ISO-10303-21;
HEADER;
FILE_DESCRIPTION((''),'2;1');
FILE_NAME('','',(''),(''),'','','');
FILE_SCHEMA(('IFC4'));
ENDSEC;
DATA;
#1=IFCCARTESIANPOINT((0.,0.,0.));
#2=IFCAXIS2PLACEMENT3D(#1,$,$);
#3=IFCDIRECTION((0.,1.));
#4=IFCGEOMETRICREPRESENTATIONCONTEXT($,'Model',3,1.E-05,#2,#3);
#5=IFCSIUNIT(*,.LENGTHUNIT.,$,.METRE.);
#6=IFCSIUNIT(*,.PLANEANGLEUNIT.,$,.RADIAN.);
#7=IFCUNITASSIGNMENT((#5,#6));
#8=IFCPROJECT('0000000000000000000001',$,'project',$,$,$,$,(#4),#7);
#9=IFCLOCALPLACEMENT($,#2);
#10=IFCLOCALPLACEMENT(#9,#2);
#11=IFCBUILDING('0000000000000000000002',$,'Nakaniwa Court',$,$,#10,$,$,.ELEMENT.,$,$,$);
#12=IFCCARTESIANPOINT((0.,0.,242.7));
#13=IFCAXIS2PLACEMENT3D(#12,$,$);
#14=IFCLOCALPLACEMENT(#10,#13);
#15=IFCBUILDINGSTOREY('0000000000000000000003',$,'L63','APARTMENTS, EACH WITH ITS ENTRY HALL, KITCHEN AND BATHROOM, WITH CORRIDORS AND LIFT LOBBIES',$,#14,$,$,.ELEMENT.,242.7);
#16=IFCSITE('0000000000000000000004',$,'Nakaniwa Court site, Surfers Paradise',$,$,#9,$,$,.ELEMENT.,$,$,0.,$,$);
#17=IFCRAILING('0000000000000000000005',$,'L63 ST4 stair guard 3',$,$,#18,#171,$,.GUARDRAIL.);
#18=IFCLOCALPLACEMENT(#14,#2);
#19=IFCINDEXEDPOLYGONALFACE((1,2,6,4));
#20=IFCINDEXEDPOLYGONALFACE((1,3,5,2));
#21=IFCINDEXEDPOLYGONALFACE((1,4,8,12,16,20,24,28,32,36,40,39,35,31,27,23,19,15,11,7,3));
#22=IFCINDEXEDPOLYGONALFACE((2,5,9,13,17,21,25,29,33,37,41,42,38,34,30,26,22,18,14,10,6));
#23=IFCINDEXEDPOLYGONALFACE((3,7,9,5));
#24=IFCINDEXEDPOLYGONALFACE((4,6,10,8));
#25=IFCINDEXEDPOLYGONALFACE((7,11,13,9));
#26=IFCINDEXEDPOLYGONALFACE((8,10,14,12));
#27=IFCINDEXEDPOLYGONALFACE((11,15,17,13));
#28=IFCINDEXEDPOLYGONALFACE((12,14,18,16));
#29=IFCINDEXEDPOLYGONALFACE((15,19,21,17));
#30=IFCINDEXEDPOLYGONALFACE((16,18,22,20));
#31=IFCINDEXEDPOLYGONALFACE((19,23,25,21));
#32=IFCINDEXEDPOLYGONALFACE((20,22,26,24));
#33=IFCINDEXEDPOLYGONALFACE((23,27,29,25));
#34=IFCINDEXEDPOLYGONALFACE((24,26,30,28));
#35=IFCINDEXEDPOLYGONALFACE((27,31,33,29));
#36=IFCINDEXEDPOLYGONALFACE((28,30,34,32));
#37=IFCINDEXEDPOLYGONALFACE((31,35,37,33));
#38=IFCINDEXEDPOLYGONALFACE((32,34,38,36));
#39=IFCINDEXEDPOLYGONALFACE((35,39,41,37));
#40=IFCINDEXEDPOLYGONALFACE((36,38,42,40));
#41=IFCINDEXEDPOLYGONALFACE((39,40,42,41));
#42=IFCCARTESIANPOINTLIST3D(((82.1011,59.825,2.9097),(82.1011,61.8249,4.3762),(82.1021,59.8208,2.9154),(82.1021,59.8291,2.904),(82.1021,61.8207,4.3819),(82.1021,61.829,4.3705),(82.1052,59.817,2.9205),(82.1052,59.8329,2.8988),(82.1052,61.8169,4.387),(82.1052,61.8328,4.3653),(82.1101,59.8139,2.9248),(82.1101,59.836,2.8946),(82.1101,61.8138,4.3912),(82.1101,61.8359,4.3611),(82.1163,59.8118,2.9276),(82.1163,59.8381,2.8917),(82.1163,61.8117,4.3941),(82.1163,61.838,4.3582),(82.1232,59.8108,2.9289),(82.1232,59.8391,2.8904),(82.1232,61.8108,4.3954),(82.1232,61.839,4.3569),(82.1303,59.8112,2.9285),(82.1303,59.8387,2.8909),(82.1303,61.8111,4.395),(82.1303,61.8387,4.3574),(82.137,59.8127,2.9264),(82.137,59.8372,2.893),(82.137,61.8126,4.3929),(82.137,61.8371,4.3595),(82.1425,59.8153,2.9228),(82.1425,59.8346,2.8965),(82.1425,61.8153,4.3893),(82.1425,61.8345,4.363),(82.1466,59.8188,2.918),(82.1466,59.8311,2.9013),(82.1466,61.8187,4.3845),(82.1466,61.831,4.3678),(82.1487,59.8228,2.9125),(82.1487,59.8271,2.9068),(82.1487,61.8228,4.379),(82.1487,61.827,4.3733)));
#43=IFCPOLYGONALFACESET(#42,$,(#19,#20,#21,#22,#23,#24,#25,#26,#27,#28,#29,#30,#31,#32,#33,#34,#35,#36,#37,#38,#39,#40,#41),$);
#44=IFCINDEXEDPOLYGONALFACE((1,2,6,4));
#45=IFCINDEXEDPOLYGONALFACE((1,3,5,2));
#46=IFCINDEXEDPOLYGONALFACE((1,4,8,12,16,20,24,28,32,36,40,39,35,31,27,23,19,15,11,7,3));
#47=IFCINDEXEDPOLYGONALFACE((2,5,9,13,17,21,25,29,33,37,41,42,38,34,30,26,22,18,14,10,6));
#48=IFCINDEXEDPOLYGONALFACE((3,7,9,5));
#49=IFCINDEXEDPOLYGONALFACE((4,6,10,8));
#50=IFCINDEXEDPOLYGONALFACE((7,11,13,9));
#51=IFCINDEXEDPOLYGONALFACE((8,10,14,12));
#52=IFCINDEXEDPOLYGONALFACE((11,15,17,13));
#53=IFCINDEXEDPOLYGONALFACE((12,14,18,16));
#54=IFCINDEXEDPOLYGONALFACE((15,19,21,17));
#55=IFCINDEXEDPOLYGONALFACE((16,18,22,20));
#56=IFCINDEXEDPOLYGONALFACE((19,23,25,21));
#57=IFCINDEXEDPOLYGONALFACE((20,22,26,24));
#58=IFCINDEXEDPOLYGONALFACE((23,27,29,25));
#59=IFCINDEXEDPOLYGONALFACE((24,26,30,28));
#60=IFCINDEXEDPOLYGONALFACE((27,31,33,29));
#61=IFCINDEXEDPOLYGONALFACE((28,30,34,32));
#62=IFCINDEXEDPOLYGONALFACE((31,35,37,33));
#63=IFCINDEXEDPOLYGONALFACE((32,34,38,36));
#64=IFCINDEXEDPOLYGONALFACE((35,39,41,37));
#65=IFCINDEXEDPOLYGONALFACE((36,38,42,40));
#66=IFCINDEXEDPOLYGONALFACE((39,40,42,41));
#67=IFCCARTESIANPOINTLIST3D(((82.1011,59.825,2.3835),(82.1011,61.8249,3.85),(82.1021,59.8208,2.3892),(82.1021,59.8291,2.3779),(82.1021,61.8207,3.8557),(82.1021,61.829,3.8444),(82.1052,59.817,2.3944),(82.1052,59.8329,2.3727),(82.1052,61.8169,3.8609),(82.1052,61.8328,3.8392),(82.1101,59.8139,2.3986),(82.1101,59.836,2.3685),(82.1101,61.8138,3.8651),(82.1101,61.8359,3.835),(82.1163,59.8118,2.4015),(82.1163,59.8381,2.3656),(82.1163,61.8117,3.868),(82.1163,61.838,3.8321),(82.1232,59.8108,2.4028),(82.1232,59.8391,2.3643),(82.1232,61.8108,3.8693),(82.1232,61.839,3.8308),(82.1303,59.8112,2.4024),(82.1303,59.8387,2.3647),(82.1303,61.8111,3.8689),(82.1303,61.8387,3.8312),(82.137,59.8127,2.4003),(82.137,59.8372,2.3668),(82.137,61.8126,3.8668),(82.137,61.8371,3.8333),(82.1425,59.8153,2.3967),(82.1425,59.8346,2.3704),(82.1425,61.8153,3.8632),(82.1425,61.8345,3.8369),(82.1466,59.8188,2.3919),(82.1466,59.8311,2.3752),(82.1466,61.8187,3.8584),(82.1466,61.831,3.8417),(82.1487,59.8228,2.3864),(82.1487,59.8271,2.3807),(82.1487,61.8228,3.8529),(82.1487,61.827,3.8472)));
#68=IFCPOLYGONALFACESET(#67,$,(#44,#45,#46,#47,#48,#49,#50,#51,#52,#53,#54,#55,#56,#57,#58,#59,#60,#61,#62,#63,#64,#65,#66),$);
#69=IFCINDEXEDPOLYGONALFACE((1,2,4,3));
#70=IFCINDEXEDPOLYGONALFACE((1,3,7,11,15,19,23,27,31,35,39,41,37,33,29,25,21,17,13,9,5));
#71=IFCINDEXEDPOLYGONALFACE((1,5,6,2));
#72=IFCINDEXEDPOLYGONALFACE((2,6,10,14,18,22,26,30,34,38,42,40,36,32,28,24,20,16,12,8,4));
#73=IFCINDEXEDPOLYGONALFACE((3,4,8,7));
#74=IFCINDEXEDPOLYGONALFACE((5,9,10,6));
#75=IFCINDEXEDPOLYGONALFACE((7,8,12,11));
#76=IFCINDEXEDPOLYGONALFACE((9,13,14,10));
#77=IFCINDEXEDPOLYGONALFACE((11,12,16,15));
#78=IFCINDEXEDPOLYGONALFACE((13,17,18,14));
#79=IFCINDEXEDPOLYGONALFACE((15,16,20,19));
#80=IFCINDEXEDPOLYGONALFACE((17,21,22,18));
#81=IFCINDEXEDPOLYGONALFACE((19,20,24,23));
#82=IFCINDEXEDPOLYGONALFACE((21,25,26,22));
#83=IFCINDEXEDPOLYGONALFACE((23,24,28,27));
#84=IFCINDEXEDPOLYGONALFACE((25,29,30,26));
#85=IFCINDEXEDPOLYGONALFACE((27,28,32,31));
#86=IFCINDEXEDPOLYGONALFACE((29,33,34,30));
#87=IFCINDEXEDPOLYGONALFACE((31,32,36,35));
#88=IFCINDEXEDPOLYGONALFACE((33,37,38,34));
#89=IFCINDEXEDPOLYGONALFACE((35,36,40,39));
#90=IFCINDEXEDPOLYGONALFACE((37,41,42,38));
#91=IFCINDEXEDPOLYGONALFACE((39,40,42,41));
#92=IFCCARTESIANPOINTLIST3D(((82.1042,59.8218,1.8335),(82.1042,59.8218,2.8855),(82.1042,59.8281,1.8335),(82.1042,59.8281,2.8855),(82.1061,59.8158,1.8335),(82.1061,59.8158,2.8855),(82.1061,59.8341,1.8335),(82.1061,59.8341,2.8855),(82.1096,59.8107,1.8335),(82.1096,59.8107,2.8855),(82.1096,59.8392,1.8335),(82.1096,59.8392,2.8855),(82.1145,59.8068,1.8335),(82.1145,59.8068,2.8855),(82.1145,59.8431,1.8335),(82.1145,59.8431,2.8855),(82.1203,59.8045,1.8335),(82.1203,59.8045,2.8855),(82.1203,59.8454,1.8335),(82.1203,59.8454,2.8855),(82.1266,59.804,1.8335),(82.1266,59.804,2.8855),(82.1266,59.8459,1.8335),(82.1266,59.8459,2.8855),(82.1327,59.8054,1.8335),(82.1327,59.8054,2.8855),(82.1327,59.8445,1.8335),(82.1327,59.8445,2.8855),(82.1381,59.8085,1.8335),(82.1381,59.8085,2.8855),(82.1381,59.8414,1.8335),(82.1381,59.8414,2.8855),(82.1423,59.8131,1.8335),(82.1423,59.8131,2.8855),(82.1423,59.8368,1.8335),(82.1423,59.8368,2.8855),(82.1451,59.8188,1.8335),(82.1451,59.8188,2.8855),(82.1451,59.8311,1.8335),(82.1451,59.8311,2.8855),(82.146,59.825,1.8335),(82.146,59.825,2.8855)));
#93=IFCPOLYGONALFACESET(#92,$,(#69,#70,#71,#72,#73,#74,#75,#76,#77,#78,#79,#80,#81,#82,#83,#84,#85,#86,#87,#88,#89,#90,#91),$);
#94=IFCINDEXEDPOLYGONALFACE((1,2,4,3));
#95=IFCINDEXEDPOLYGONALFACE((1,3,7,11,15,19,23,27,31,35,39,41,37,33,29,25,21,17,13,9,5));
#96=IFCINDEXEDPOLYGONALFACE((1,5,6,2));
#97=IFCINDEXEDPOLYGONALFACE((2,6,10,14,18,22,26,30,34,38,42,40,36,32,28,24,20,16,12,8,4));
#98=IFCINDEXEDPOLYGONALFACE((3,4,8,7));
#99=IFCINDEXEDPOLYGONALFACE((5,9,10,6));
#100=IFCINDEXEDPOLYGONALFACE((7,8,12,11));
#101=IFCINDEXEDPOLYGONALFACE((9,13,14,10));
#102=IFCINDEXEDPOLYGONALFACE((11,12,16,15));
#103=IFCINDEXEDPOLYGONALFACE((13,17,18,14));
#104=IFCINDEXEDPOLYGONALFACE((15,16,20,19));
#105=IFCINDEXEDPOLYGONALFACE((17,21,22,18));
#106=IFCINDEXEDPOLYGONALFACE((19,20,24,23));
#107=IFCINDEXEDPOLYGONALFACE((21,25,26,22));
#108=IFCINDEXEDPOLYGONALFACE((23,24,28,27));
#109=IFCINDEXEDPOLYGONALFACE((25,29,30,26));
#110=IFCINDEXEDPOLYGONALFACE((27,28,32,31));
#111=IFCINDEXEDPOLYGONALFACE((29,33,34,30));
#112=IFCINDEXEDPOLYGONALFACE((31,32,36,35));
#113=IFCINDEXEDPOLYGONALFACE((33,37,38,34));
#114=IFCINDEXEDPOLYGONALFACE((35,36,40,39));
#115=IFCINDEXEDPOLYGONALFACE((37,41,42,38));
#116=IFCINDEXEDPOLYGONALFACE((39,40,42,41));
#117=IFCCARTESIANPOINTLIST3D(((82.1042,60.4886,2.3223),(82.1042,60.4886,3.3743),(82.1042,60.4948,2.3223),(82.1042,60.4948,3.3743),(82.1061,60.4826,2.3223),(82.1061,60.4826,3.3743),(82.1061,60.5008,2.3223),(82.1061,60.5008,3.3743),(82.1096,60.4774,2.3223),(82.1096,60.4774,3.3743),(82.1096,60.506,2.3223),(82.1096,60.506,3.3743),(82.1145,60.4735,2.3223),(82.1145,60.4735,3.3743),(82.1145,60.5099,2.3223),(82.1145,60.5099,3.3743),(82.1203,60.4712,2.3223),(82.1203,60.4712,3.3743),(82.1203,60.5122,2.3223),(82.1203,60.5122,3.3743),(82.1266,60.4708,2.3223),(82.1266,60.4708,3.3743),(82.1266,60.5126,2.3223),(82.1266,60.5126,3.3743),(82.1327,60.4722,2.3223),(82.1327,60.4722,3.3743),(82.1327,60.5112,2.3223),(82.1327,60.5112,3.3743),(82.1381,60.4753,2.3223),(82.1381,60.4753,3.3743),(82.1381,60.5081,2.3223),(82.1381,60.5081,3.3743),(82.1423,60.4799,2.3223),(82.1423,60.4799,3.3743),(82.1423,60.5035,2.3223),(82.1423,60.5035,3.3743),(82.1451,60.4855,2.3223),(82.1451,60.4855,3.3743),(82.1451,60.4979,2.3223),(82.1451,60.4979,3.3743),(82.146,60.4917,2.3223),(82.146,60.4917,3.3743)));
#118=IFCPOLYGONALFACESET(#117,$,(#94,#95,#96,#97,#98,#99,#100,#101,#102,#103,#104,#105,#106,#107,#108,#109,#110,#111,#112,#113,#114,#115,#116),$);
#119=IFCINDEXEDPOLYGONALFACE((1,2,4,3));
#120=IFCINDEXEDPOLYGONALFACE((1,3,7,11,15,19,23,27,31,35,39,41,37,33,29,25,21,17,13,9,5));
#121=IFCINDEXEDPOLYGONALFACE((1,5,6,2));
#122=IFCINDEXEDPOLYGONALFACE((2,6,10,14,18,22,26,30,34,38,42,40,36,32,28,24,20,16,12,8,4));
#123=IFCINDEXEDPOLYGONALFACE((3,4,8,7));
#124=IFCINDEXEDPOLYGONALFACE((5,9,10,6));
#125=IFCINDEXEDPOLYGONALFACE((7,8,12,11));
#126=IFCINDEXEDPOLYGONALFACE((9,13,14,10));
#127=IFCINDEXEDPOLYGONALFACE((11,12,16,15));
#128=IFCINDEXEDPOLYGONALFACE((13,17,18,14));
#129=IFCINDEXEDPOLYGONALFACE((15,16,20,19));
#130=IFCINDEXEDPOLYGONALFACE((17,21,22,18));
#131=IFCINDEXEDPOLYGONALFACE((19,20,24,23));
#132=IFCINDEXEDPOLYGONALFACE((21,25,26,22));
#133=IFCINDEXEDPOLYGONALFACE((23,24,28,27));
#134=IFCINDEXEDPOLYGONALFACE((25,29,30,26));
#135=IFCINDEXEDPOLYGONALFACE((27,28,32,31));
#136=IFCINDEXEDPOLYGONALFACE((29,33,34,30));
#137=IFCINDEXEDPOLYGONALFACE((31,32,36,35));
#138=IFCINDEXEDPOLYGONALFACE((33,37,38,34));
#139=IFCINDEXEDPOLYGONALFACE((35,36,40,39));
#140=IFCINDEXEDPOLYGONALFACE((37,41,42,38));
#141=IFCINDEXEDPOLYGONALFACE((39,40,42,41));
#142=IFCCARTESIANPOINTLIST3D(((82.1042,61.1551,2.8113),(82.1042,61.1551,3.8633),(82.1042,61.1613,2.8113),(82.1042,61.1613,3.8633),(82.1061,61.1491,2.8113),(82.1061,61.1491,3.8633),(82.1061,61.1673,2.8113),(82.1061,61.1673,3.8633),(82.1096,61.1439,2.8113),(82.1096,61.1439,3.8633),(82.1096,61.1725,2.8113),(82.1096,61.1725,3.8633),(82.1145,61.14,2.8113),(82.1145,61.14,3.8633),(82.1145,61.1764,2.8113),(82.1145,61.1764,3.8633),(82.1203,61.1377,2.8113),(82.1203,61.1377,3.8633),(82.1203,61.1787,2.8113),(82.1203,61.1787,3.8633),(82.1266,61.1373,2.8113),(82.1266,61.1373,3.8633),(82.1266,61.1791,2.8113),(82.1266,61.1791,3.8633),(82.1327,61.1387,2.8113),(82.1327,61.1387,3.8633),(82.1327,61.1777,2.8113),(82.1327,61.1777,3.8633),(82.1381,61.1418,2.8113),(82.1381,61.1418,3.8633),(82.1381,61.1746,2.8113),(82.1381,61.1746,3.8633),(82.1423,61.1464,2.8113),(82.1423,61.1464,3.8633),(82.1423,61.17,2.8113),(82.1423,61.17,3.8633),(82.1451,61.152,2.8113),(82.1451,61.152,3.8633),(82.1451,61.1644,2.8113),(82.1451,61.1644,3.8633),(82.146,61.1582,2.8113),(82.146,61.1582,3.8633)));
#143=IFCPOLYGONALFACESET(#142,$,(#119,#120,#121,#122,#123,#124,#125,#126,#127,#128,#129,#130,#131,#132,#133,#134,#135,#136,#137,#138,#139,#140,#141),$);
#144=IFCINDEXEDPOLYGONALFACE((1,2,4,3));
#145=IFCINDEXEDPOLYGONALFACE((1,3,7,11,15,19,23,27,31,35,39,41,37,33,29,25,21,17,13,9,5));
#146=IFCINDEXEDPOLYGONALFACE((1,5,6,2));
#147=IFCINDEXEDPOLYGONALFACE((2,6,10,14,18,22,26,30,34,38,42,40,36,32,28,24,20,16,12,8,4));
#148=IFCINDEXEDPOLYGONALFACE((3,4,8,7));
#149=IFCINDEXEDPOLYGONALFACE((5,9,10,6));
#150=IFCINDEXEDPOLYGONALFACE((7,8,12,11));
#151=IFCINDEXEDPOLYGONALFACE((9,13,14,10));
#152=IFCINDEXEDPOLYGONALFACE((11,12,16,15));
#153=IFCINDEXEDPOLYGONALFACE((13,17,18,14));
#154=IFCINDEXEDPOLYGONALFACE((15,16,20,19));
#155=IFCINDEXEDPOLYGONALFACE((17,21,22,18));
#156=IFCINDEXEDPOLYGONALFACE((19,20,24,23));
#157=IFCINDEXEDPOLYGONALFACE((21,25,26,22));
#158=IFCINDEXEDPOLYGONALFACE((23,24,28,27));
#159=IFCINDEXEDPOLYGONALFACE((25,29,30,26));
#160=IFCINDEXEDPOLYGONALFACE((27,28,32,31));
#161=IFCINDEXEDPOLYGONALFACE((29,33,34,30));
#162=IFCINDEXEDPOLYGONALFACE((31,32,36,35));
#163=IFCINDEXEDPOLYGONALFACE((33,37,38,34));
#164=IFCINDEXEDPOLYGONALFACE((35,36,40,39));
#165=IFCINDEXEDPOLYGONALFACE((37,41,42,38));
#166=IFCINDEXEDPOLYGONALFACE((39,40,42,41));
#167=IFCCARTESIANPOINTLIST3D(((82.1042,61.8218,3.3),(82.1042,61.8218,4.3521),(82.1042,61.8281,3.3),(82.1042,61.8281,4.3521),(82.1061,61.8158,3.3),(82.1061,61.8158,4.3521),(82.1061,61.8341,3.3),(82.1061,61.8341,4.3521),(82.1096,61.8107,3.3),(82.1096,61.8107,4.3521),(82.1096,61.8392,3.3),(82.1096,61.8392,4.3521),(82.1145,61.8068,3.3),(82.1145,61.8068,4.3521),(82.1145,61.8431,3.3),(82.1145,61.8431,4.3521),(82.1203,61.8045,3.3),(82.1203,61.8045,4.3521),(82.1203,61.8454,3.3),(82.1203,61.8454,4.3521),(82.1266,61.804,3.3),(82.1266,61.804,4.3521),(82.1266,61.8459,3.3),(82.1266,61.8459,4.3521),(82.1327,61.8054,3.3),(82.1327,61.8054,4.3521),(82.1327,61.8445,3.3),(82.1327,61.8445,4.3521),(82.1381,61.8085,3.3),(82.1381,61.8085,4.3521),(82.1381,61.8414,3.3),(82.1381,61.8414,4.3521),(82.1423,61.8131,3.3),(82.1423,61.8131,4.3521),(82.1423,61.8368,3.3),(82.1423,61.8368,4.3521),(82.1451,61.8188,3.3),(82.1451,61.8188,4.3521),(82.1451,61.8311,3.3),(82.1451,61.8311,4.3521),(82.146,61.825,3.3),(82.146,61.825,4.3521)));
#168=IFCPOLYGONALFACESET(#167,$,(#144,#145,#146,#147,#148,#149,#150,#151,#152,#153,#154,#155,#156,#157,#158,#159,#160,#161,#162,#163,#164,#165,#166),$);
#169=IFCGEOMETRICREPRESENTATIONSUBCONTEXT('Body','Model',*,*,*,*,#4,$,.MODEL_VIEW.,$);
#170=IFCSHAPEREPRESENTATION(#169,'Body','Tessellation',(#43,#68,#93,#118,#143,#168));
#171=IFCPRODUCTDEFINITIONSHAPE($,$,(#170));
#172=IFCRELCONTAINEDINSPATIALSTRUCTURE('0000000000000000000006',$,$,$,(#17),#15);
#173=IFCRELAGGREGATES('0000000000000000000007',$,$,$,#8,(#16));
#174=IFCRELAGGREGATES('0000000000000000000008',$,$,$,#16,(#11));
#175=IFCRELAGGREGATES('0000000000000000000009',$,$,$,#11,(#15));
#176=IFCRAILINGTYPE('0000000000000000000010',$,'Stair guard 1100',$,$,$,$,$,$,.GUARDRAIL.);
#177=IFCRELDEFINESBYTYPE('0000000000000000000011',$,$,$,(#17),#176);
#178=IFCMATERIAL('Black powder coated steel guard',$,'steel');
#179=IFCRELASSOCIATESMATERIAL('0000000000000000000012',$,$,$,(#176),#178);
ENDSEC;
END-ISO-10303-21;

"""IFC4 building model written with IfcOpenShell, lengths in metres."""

from ifc_helpers import new_model, si_unit, direction, frame, origin, origin_2d, place, context, subcontext, project, spatial, circle, extrude, material, type_object, element, save


model = new_model("IFC4")

# Units and contexts
model_context = context("Model", 3, precision=1e-05, world=origin(), true_north=direction((0.0, 1.0)))
body_context = subcontext(model_context, "Body", "Model", "MODEL_VIEW")
ifc_project = project(units=[si_unit("LENGTHUNIT", "METRE"), si_unit("PLANEANGLEUNIT", "RADIAN")], contexts=[model_context])

# Site, building, storey
site_placement = place(None, origin())
site = spatial("IfcSite", under=ifc_project, at=site_placement, Name="Nakaniwa Court site, Surfers Paradise", CompositionType="ELEMENT", RefElevation=0.0)
building_placement = place(site_placement, origin())
building = spatial("IfcBuilding", under=site, at=building_placement, Name="Nakaniwa Court", CompositionType="ELEMENT")
storey_placement = place(building_placement, frame((0.0, 0.0, 242.7)))
storey = spatial("IfcBuildingStorey", under=building, at=storey_placement, Name="L63", Description="APARTMENTS, EACH WITH ITS ENTRY HALL, KITCHEN AND BATHROOM, WITH CORRIDORS AND LIFT LOBBIES", CompositionType="ELEMENT", Elevation=242.7)

# Railing
ifc_material_1 = material(Name="Black powder coated steel guard", Category="steel")
railing_type_1 = type_object("IfcRailingType", Name="Stair guard 1100", PredefinedType="GUARDRAIL", material=ifc_material_1)
railing_1_placement = place(storey_placement, frame((82.125, 59.825, 1.8335)))
element("IfcRailing", 1, at=railing_1_placement, inside=storey, type_object=railing_type_1, Name="L63 ST4 stair guard 3", PredefinedType="GUARDRAIL", context=body_context, shape_type="SweptSolid", body=[
    extrude(circle(Radius=0.0239, at=origin_2d()), frame((0.0, 0.0, 1.0762), z_axis=(0.0, 0.806427, 0.591334), x_axis=(-1.0, 0.0, 0.0)), (0.0, 0.0, 1.0), 2.48),
    extrude(circle(Radius=0.0239, at=origin_2d()), frame((0.0, 0.0, 0.55), z_axis=(0.0, 0.806427, 0.591334), x_axis=(-1.0, 0.0, 0.0)), (0.0, 0.0, 1.0), 2.48),
    extrude(circle(Radius=0.021, at=origin_2d()), origin(), (0.0, 0.0, 1.0), 1.052),
    extrude(circle(Radius=0.021, at=origin_2d()), frame((0.0, 0.6667, 0.4888)), (0.0, 0.0, 1.0), 1.052),
    extrude(circle(Radius=0.021, at=origin_2d()), frame((0.0, 1.3333, 0.9778)), (0.0, 0.0, 1.0), 1.052),
    extrude(circle(Radius=0.021, at=origin_2d()), frame((0.0, 2.0, 1.4666)), (0.0, 0.0, 1.0), 1.052),
])

save(model, "model.ifc")
